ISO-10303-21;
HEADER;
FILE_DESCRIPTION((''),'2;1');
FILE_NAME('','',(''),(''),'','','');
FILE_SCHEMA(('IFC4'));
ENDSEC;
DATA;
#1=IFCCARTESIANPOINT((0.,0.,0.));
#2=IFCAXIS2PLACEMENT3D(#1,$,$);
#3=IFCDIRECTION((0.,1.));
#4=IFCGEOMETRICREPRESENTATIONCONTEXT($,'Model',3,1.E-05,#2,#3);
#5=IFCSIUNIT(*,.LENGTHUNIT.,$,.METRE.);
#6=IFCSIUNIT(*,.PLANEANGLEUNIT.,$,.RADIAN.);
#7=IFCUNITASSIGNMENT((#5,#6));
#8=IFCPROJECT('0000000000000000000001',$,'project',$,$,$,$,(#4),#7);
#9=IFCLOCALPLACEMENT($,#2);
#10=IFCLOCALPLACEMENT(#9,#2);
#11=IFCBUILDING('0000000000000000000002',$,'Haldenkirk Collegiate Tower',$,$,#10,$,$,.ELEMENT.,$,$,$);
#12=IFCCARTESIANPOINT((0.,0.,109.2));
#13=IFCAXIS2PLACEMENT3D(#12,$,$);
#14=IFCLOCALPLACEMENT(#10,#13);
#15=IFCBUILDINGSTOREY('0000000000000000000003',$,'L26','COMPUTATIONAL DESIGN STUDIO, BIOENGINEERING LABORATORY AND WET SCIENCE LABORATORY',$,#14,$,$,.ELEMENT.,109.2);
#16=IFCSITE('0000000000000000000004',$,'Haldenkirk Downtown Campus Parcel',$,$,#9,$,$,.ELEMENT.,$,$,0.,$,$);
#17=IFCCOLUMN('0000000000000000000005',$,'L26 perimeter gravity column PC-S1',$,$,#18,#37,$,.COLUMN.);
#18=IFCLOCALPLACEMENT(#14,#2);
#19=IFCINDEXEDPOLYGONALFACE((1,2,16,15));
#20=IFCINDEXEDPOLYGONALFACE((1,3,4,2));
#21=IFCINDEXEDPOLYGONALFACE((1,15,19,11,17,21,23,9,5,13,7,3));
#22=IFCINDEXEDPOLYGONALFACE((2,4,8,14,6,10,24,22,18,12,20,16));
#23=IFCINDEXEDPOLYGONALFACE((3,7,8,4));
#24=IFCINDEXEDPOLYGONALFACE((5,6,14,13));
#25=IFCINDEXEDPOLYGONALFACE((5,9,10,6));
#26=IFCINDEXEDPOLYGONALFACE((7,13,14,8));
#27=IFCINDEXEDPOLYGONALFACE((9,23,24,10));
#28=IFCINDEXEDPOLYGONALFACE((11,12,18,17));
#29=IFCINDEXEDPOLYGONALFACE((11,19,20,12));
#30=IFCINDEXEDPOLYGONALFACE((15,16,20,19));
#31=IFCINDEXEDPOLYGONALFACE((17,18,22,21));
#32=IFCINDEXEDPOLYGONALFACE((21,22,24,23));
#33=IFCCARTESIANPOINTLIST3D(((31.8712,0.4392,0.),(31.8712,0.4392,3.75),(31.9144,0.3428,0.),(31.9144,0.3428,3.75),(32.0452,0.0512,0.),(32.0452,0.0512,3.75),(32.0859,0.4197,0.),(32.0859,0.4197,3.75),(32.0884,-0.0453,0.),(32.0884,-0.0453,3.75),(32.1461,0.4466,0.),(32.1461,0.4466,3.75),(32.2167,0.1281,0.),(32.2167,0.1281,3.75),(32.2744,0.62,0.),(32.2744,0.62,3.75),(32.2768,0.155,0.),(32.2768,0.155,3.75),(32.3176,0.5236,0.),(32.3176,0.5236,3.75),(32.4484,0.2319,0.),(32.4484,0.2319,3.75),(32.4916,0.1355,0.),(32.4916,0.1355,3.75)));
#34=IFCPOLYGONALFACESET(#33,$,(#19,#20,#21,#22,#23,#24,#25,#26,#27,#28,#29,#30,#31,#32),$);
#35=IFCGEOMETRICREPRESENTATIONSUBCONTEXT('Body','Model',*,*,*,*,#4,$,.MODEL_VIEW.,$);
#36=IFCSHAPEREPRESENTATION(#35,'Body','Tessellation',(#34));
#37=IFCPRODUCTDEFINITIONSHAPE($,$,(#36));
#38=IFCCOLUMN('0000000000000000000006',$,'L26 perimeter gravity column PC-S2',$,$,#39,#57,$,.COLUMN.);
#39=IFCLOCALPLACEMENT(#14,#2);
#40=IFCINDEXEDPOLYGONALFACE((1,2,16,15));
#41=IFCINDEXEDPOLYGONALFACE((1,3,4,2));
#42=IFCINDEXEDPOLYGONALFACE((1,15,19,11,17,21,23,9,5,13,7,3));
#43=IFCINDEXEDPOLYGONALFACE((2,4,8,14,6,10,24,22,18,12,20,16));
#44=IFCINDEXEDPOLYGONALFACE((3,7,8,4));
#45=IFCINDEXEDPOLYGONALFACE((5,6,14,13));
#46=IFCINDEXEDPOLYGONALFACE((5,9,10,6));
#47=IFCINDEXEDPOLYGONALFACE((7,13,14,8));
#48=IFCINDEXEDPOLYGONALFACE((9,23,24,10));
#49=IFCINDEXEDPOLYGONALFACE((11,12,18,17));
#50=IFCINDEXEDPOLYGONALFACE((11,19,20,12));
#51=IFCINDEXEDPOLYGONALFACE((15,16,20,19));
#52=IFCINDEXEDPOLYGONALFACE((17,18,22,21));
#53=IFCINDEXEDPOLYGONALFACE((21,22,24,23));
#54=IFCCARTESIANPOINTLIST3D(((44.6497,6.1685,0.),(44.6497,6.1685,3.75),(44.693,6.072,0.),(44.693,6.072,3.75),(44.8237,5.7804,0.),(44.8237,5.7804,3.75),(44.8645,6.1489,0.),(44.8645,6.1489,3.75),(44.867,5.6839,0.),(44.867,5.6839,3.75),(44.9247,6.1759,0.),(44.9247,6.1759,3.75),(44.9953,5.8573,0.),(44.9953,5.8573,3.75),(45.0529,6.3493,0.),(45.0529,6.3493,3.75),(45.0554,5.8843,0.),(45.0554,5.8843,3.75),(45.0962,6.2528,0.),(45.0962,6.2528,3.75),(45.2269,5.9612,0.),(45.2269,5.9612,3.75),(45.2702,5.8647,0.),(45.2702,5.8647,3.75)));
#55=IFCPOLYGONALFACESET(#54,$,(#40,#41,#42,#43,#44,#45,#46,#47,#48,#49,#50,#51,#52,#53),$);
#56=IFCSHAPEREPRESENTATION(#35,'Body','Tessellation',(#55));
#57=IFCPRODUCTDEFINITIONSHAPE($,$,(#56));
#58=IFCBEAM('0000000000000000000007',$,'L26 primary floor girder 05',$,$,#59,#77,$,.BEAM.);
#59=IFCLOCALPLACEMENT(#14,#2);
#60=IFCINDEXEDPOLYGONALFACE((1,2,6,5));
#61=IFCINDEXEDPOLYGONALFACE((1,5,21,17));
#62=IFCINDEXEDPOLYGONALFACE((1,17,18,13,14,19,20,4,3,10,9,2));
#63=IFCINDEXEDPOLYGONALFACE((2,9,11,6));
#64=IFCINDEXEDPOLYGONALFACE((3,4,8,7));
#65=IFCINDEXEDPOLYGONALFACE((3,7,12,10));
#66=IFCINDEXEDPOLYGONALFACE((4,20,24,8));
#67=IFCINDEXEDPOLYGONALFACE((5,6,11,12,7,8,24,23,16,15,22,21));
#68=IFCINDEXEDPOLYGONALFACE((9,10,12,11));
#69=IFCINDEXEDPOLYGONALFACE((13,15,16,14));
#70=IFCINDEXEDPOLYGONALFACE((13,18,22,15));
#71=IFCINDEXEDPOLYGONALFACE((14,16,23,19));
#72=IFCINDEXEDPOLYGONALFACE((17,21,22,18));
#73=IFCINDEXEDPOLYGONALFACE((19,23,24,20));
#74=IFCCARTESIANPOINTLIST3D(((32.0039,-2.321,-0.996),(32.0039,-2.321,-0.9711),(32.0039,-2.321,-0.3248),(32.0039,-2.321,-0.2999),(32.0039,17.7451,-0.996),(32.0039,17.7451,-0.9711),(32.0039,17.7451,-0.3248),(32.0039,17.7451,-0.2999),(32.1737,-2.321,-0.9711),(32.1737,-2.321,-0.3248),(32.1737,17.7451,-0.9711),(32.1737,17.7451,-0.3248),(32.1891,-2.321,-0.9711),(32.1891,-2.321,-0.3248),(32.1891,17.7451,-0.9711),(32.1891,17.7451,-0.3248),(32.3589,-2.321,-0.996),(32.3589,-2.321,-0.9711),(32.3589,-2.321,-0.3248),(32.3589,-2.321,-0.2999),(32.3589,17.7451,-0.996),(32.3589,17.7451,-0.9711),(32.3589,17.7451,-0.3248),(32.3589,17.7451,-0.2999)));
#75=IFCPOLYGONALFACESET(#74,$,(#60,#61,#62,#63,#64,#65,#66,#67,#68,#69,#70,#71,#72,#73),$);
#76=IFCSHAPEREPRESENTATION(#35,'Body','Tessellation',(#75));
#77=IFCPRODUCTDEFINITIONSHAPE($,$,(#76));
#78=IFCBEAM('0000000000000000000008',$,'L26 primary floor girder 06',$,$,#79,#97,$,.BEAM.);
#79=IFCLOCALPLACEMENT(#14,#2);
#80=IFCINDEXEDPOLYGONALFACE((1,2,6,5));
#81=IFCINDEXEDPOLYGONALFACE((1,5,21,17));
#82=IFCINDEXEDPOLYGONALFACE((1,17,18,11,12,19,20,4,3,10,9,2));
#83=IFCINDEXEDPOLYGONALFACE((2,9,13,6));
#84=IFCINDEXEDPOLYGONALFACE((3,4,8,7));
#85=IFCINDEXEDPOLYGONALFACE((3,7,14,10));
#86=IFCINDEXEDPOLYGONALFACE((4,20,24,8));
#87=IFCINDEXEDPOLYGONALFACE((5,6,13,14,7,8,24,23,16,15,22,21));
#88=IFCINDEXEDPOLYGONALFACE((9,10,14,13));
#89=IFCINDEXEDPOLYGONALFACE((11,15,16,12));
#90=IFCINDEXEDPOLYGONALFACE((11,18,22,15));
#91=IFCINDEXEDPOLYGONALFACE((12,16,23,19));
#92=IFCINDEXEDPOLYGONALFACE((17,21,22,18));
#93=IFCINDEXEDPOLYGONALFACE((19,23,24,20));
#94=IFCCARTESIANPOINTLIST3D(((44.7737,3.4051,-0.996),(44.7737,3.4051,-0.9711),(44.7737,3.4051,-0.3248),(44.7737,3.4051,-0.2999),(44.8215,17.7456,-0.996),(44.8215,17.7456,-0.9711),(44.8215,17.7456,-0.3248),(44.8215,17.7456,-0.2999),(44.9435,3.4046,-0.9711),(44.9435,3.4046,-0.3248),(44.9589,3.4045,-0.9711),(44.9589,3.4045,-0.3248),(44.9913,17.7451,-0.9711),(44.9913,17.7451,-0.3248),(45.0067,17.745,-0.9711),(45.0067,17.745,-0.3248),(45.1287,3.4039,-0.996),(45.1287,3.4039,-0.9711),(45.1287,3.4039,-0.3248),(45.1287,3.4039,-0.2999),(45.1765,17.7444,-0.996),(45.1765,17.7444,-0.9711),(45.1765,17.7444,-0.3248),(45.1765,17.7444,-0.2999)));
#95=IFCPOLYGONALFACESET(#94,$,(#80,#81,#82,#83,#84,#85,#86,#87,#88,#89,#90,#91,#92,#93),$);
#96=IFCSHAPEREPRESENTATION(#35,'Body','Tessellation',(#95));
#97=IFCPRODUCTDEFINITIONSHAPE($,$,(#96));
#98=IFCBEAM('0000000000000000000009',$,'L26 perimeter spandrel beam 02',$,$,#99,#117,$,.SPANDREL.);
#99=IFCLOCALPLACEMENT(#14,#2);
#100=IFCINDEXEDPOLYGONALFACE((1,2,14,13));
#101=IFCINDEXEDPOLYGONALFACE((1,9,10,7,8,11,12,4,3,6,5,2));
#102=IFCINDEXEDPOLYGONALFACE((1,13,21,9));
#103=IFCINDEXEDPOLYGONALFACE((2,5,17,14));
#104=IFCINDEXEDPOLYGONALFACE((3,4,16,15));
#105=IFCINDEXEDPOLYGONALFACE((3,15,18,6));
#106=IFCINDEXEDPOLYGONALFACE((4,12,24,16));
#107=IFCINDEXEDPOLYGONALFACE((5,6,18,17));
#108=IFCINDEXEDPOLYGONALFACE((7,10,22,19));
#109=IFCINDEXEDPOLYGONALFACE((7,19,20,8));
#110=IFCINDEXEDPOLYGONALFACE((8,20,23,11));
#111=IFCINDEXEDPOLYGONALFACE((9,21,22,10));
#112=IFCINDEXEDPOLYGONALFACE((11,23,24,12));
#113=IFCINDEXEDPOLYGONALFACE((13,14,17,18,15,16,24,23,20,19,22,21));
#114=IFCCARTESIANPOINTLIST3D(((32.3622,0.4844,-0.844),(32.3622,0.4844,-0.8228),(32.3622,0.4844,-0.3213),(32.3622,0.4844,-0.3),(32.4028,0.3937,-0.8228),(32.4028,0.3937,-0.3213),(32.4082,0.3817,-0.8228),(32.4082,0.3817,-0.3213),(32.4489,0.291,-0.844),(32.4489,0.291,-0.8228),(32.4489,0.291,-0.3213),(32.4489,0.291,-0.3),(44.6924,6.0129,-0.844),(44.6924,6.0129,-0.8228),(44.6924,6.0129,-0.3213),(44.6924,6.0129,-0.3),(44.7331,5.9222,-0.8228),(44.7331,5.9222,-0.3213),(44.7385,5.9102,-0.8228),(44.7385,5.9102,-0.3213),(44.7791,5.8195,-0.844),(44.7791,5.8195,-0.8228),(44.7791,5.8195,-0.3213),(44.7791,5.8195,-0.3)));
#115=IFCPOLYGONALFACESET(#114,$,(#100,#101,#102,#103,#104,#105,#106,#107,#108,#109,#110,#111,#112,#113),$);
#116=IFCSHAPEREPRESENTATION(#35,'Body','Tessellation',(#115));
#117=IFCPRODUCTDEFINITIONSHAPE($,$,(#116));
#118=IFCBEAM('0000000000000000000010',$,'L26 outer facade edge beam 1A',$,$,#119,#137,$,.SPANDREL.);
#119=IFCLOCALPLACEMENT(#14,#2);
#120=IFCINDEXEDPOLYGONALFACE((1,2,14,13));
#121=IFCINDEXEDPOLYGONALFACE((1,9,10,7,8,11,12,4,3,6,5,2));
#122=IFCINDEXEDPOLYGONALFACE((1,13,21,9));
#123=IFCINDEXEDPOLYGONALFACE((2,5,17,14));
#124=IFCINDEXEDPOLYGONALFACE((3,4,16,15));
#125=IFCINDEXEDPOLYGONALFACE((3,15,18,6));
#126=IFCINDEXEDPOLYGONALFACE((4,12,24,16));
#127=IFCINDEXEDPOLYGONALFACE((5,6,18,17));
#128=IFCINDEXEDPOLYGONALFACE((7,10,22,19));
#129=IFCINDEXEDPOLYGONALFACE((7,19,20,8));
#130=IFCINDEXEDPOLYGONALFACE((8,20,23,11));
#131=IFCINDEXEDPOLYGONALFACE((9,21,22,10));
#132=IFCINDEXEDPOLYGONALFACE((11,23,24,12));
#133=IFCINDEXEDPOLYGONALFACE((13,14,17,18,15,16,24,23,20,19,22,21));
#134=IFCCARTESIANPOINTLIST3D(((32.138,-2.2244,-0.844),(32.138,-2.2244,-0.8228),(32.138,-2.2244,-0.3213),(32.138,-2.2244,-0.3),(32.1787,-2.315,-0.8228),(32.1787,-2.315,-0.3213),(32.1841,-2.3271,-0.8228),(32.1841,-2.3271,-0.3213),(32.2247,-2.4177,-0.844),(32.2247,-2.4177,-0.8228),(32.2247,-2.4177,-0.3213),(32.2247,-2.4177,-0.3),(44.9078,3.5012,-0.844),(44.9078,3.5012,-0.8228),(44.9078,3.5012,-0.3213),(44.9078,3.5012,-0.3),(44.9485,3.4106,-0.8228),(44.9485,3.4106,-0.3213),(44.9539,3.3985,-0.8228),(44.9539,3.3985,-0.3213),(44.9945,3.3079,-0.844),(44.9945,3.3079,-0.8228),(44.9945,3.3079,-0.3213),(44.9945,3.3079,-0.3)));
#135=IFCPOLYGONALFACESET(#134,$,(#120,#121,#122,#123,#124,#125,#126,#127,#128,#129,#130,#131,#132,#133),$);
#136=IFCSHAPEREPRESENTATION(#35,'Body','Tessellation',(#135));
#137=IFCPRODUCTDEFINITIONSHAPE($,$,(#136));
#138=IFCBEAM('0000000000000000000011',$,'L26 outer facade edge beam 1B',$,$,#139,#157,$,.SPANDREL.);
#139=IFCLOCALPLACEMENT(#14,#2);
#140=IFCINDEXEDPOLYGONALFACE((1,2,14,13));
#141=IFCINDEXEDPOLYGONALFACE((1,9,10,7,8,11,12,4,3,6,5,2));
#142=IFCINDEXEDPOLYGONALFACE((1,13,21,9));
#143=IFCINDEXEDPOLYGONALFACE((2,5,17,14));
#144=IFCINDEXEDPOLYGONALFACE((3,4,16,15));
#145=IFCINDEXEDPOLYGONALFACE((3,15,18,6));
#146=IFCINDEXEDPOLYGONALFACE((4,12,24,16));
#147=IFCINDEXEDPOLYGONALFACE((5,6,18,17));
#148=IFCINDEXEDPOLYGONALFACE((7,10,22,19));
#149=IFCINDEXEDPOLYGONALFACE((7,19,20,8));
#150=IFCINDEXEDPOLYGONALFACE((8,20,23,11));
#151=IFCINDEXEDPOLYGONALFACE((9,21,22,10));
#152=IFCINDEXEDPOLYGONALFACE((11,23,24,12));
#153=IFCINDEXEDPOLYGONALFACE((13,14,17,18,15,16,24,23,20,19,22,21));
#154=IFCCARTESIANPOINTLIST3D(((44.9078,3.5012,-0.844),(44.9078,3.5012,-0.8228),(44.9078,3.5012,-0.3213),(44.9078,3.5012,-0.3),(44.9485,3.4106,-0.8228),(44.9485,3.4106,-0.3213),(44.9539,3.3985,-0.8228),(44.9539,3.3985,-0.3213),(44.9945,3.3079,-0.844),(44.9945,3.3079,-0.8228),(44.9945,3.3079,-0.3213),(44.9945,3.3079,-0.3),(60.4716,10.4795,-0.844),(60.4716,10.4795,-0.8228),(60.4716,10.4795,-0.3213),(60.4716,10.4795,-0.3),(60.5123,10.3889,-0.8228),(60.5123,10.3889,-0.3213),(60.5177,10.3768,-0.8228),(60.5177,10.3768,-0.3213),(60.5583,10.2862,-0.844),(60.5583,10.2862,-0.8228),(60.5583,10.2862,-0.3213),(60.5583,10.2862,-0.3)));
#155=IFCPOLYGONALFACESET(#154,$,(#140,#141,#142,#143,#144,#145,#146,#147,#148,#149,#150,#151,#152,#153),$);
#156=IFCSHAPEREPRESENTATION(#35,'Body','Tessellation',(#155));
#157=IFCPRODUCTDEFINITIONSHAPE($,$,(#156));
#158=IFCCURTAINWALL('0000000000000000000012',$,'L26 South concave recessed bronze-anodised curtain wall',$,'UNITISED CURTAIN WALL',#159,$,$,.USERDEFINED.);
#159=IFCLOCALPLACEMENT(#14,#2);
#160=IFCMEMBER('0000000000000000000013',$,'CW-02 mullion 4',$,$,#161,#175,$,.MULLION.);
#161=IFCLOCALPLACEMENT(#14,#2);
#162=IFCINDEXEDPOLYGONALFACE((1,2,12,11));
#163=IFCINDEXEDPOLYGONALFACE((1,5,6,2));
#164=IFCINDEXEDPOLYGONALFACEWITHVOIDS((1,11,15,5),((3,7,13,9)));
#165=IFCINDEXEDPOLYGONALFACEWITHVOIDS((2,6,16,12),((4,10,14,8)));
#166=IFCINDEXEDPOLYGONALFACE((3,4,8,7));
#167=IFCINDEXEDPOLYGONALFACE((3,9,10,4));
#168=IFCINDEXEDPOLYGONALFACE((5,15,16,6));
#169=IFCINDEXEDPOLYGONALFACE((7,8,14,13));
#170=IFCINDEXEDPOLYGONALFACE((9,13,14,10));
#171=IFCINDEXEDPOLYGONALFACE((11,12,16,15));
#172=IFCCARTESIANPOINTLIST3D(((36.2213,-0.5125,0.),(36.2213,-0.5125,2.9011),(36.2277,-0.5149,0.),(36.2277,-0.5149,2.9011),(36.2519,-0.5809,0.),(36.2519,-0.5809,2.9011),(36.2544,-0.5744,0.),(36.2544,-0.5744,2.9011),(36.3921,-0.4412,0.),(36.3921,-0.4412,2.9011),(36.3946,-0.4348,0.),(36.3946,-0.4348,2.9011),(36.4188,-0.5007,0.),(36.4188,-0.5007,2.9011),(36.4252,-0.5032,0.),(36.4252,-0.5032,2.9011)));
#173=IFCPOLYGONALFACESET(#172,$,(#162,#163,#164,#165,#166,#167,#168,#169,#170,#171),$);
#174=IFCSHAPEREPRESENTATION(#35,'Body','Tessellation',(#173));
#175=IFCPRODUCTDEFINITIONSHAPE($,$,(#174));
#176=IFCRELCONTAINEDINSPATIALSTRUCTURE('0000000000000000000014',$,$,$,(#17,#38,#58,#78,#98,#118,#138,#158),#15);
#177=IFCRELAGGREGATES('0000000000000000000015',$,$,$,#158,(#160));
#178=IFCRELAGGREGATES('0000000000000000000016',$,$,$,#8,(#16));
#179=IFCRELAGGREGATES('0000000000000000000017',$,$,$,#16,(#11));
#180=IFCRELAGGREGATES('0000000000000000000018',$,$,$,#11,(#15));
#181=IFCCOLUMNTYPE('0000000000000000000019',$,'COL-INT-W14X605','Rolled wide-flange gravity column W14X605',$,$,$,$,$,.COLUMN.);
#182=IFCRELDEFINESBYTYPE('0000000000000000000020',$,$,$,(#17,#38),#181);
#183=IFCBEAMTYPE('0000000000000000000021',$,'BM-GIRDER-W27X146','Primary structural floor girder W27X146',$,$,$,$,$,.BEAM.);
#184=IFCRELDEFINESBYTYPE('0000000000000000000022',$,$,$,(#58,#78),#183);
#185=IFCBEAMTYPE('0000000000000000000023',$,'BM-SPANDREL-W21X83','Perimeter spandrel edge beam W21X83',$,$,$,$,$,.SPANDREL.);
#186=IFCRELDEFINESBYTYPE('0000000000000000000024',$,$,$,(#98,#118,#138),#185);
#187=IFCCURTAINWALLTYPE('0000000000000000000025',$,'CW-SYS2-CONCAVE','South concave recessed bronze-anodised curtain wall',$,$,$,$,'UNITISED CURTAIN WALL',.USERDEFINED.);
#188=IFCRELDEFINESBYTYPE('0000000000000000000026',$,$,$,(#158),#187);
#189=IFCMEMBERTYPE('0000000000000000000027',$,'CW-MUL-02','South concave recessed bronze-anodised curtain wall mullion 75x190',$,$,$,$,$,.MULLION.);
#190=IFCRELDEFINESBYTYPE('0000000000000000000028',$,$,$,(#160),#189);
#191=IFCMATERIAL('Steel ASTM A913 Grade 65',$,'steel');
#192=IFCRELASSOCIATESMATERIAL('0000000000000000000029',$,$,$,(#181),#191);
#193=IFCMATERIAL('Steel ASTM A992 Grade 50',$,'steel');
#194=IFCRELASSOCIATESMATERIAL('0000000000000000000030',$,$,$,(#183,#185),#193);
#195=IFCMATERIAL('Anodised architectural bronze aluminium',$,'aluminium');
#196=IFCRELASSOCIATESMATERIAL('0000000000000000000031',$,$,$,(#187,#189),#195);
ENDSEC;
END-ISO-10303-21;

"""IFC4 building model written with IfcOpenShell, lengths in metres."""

from ifc_helpers import new_model, si_unit, direction, frame, origin, origin_2d, place, context, subcontext, project, spatial, hollow_rectangle, i_section, extrude, material, material_profile, profile_set, type_object, element, aggregate, save


model = new_model("IFC4")

# Units and contexts
model_context = context("Model", 3, precision=1e-05, world=origin(), true_north=direction((0.0, 1.0)))
body_context = subcontext(model_context, "Body", "Model", "MODEL_VIEW")
ifc_project = project(units=[si_unit("LENGTHUNIT", "METRE"), si_unit("PLANEANGLEUNIT", "RADIAN")], contexts=[model_context])

# Site, building, storey
site_placement = place(None, origin())
site = spatial("IfcSite", under=ifc_project, at=site_placement, Name="Haldenkirk Downtown Campus Parcel", CompositionType="ELEMENT", RefElevation=0.0)
building_placement = place(site_placement, origin())
building = spatial("IfcBuilding", under=site, at=building_placement, Name="Haldenkirk Collegiate Tower", CompositionType="ELEMENT")
storey_placement = place(building_placement, frame((0.0, 0.0, 109.2)))
storey = spatial("IfcBuildingStorey", under=building, at=storey_placement, Name="L26", Description="COMPUTATIONAL DESIGN STUDIO, BIOENGINEERING LABORATORY AND WET SCIENCE LABORATORY", CompositionType="ELEMENT", Elevation=109.2)

# Columns
ifc_material_1 = material(Name="Steel ASTM A913 Grade 65", Category="steel")
ifc_material_profile_1 = material_profile(ifc_material_1, i_section(OverallWidth=0.4419, OverallDepth=0.531, WebThickness=0.0659, FlangeThickness=0.1057, at=origin_2d()), Name="W14X605")
ifc_profile_set_1 = profile_set([ifc_material_profile_1], Name="Steel ASTM A913 Grade 65")
column_type = type_object("IfcColumnType", Name="COL-INT-W14X605", Description="Rolled wide-flange gravity column W14X605", PredefinedType="COLUMN", material=ifc_profile_set_1)
for number, where, z_axis, x_axis, name in (
    (1, (32.1814, 0.2874, 0.0), (0.0, 0.0, 1.0), (0.912477, 0.409127, 0.0), "L26 perimeter gravity column PC-S1"),
    (2, (44.96, 6.0166, 0.0), (0.0, 0.0, 1.0), (0.912477, 0.409127, 0.0), "L26 perimeter gravity column PC-S2"),
):
    element("IfcColumn", number, at=place(storey_placement, frame(where, z_axis=z_axis, x_axis=x_axis)), inside=storey, type_object=column_type, Name=name, PredefinedType="COLUMN", context=body_context, shape_type="SweptSolid", body=[
        extrude(i_section(OverallWidth=0.4419, OverallDepth=0.531, WebThickness=0.0659, FlangeThickness=0.1057, at=origin_2d()), origin(), (0.0, 0.0, 1.0), 3.75),
    ])

# Beams
ifc_material_2 = material(Name="Steel ASTM A992 Grade 50", Category="steel")
ifc_material_profile_2 = material_profile(ifc_material_2, i_section(OverallWidth=0.355, OverallDepth=0.696, WebThickness=0.0154, FlangeThickness=0.0249, at=origin_2d()), Name="W27X146")
ifc_profile_set_2 = profile_set([ifc_material_profile_2], Name="Steel ASTM A992 Grade 50")
beam_type_1 = type_object("IfcBeamType", Name="BM-GIRDER-W27X146", Description="Primary structural floor girder W27X146", PredefinedType="BEAM", material=ifc_profile_set_2)
beam_1_placement = place(storey_placement, frame((32.1814, -2.321, -0.6479), z_axis=(0.0, 1.0, 0.0), x_axis=(-1.0, 0.0, 0.0)))
element("IfcBeam", 3, at=beam_1_placement, inside=storey, type_object=beam_type_1, Name="L26 primary floor girder 05", PredefinedType="BEAM", context=body_context, shape_type="SweptSolid", body=[
    extrude(i_section(OverallWidth=0.355, OverallDepth=0.696, WebThickness=0.0154, FlangeThickness=0.0249, at=origin_2d()), origin(), (0.0, 0.0, 1.0), 20.0662),
])
beam_2_placement = place(storey_placement, frame((44.9512, 3.4045, -0.6479), z_axis=(0.003337, 0.999994, 0.0), x_axis=(-0.999994, 0.003337, 0.0)))
element("IfcBeam", 4, at=beam_2_placement, inside=storey, type_object=beam_type_1, Name="L26 primary floor girder 06", PredefinedType="BEAM", context=body_context, shape_type="SweptSolid", body=[
    extrude(i_section(OverallWidth=0.355, OverallDepth=0.696, WebThickness=0.0154, FlangeThickness=0.0249, at=origin_2d()), origin(), (0.0, 0.0, 1.0), 14.3406),
])
ifc_material_profile_3 = material_profile(ifc_material_2, i_section(OverallWidth=0.2119, OverallDepth=0.5439, WebThickness=0.0132, FlangeThickness=0.0212, at=origin_2d()), Name="W21X83")
ifc_profile_set_3 = profile_set([ifc_material_profile_3], Name="Steel ASTM A992 Grade 50")
beam_type_2 = type_object("IfcBeamType", Name="BM-SPANDREL-W21X83", Description="Perimeter spandrel edge beam W21X83", PredefinedType="SPANDREL", material=ifc_profile_set_3)
beam_3_placement = place(storey_placement, frame((32.4055, 0.3877, -0.572), z_axis=(0.912477, 0.409129, 0.0), x_axis=(-0.409129, 0.912477, 0.0)))
element("IfcBeam", 5, at=beam_3_placement, inside=storey, type_object=beam_type_2, Name="L26 perimeter spandrel beam 02", PredefinedType="SPANDREL", context=body_context, shape_type="SweptSolid", body=[
    extrude(i_section(OverallWidth=0.2119, OverallDepth=0.5439, WebThickness=0.0132, FlangeThickness=0.0212, at=origin_2d()), origin(), (0.0, 0.0, 1.0), 13.5129),
])
beam_4_placement = place(storey_placement, frame((32.1814, -2.321, -0.572), z_axis=(0.912477, 0.409128, 0.0), x_axis=(-0.409128, 0.912477, 0.0)))
element("IfcBeam", 6, at=beam_4_placement, inside=storey, type_object=beam_type_2, Name="L26 outer facade edge beam 1A", PredefinedType="SPANDREL", context=body_context, shape_type="SweptSolid", body=[
    extrude(i_section(OverallWidth=0.2119, OverallDepth=0.5439, WebThickness=0.0132, FlangeThickness=0.0212, at=origin_2d()), origin(), (0.0, 0.0, 1.0), 13.9946),
])
beam_5_placement = place(storey_placement, frame((44.9512, 3.4045, -0.572), z_axis=(0.912478, 0.409126, 0.0), x_axis=(-0.409126, 0.912478, 0.0)))
element("IfcBeam", 7, at=beam_5_placement, inside=storey, type_object=beam_type_2, Name="L26 outer facade edge beam 1B", PredefinedType="SPANDREL", context=body_context, shape_type="SweptSolid", body=[
    extrude(i_section(OverallWidth=0.2119, OverallDepth=0.5439, WebThickness=0.0132, FlangeThickness=0.0212, at=origin_2d()), origin(), (0.0, 0.0, 1.0), 17.0566),
])

# Curtain wall, member
ifc_material_3 = material(Name="Anodised architectural bronze aluminium", Category="aluminium")
curtain_wall_type = type_object("IfcCurtainWallType", Name="CW-SYS2-CONCAVE", Description="South concave recessed bronze-anodised curtain wall", ElementType="UNITISED CURTAIN WALL", PredefinedType="USERDEFINED", material=ifc_material_3)
curtain_wall_placement = place(storey_placement, origin())
curtain_wall = element("IfcCurtainWall", 8, at=curtain_wall_placement, inside=storey, type_object=curtain_wall_type, Name="L26 South concave recessed bronze-anodised curtain wall", ObjectType="UNITISED CURTAIN WALL", PredefinedType="USERDEFINED")
ifc_material_profile_4 = material_profile(ifc_material_3, hollow_rectangle(XDim=0.075, YDim=0.1899, WallThickness=0.0049, at=origin_2d()), Name="CW-MUL-02")
ifc_profile_set_4 = profile_set([ifc_material_profile_4], Name="Anodised architectural bronze aluminium")
member_type_1 = type_object("IfcMemberType", Name="CW-MUL-02", Description="South concave recessed bronze-anodised curtain wall mullion 75x190", PredefinedType="MULLION", material=ifc_profile_set_4)
member_1_placement = place(storey_placement, frame((36.3232, -0.5078, 0.0), z_axis=(0.0, 0.0, 1.0), x_axis=(0.409127, -0.912477, 0.0)))
member_1 = element("IfcMember", 9, at=member_1_placement, type_object=member_type_1, Name="CW-02 mullion 4", PredefinedType="MULLION", context=body_context, shape_type="SweptSolid", body=[
    extrude(hollow_rectangle(XDim=0.075, YDim=0.1899, WallThickness=0.0049, at=origin_2d()), origin(), (0.0, 0.0, 1.0), 2.9011),
])

aggregate(curtain_wall, [member_1])

save(model, "model.ifc")
